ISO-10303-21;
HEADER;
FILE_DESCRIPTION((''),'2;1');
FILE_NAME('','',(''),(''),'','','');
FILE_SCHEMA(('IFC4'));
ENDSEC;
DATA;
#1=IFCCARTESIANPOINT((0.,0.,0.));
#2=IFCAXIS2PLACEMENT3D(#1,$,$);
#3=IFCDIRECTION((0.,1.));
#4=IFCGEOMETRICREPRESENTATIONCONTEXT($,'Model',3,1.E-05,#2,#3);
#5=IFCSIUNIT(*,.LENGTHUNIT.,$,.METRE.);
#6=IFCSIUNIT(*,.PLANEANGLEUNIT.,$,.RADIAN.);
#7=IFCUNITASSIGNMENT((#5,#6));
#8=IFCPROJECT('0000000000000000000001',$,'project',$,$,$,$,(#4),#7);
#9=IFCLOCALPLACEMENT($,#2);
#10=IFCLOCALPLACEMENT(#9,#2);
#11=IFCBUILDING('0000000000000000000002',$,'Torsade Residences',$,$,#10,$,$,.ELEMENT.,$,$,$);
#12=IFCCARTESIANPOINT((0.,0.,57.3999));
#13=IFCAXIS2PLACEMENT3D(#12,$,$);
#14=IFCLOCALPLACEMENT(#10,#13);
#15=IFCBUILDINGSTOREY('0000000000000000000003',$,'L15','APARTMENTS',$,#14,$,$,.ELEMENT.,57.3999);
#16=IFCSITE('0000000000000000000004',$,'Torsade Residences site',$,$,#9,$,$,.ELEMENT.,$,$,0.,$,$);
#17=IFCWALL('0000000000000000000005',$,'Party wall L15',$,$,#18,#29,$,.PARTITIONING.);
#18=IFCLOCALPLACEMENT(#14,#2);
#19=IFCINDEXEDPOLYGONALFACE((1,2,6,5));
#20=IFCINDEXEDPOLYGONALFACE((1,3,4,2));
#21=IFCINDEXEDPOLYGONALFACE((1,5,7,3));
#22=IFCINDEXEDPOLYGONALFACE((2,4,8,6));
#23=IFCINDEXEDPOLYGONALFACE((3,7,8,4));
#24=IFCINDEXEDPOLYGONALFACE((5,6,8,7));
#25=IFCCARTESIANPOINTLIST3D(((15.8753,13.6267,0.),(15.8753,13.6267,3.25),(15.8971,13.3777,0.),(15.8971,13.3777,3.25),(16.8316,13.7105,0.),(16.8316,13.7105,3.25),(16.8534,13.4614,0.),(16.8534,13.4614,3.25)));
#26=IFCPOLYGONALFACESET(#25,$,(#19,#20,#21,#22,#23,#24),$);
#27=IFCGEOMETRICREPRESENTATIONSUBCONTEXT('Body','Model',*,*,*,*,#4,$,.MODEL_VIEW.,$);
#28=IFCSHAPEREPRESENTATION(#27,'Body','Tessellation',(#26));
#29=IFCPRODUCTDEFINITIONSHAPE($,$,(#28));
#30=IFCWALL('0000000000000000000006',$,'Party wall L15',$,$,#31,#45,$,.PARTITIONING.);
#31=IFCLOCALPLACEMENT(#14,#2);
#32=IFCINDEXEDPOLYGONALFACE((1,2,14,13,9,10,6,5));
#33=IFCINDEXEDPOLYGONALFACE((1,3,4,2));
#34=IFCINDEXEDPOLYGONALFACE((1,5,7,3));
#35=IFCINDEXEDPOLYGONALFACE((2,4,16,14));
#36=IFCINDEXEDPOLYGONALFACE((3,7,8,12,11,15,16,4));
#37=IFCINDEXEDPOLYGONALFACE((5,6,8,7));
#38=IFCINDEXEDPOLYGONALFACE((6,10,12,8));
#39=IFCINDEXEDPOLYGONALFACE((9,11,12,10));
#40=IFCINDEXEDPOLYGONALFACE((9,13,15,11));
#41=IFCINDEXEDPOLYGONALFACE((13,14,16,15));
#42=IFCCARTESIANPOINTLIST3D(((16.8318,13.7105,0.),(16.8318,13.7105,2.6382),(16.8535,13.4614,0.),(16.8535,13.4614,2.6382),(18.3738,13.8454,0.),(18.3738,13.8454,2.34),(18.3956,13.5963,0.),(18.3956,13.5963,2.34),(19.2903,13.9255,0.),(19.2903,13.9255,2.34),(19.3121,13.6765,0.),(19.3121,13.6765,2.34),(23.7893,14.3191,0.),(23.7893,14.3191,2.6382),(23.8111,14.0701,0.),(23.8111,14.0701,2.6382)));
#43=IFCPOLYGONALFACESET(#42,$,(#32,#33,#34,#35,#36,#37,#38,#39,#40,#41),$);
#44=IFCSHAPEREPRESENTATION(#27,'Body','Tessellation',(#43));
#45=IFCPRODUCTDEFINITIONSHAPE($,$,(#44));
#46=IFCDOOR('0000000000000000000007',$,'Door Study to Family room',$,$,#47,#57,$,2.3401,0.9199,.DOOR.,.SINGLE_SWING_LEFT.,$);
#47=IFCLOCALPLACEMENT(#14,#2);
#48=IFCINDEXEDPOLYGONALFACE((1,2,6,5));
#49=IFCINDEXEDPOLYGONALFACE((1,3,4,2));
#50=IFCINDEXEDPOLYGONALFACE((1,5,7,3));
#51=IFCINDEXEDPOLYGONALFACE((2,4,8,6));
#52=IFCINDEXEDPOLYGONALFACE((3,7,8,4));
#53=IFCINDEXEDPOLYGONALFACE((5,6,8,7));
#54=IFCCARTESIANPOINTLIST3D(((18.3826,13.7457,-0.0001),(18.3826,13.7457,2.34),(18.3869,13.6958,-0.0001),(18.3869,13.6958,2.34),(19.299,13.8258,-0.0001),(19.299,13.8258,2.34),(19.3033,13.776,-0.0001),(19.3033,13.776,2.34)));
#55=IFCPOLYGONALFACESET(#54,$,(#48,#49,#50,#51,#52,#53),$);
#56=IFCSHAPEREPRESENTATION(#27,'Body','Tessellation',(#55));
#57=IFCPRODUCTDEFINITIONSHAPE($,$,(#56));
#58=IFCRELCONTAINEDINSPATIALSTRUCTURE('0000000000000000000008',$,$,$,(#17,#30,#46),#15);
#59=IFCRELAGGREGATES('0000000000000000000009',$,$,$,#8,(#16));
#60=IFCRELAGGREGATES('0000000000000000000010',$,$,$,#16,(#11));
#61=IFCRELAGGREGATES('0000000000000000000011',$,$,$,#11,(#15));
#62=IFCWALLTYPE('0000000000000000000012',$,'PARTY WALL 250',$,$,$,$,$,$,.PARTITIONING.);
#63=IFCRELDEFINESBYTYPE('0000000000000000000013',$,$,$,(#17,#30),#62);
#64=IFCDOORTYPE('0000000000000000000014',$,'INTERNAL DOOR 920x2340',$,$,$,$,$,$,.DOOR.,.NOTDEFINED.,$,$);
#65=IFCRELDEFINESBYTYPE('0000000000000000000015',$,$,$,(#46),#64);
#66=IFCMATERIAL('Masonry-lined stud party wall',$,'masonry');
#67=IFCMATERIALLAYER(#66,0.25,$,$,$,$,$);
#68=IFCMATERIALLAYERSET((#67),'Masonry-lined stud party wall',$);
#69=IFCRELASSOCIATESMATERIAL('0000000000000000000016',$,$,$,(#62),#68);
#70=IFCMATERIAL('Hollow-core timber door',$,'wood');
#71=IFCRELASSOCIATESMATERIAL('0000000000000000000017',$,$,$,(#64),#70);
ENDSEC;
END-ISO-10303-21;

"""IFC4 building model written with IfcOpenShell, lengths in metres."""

from ifc_helpers import new_model, si_unit, direction, frame, frame_2d, origin, place, context, subcontext, project, spatial, rectangle, extrude, material, layer, layer_set, type_object, element, fill, save


model = new_model("IFC4")

# Units and contexts
model_context = context("Model", 3, precision=1e-05, world=origin(), true_north=direction((0.0, 1.0)))
body_context = subcontext(model_context, "Body", "Model", "MODEL_VIEW")
ifc_project = project(units=[si_unit("LENGTHUNIT", "METRE"), si_unit("PLANEANGLEUNIT", "RADIAN")], contexts=[model_context])

# Site, building, storey
site_placement = place(None, origin())
site = spatial("IfcSite", under=ifc_project, at=site_placement, Name="Torsade Residences site", CompositionType="ELEMENT", RefElevation=0.0)
building_placement = place(site_placement, origin())
building = spatial("IfcBuilding", under=site, at=building_placement, Name="Torsade Residences", CompositionType="ELEMENT")
storey_placement = place(building_placement, frame((0.0, 0.0, 57.3999)))
storey = spatial("IfcBuildingStorey", under=building, at=storey_placement, Name="L15", Description="APARTMENTS", CompositionType="ELEMENT", Elevation=57.3999)

# Wall
ifc_material_1 = material(Name="Masonry-lined stud party wall", Category="masonry")
ifc_layer_1 = layer(ifc_material_1, 0.25)
ifc_layer_set_1 = layer_set([ifc_layer_1], Name="Masonry-lined stud party wall")
wall_type = type_object("IfcWallType", Name="PARTY WALL 250", PredefinedType="PARTITIONING", material=ifc_layer_set_1)
wall_1_placement = place(storey_placement, frame((15.8862, 13.5022, 0.0), z_axis=(0.0, 0.0, 1.0), x_axis=(0.996188, 0.087233, 0.0)))
element("IfcWall", 1, at=wall_1_placement, inside=storey, type_object=wall_type, Name="Party wall L15", PredefinedType="PARTITIONING", context=body_context, shape_type="SweptSolid", body=[
    extrude(rectangle(XDim=0.96, YDim=0.25, at=frame_2d((0.48, 0.0))), origin(), (0.0, 0.0, 1.0), 3.25),
])

# Wall, opening, door
wall_2_placement = place(storey_placement, frame((16.8425, 13.5859, 0.0), z_axis=(0.0, 0.0, 1.0), x_axis=(0.996195, 0.087147, 0.0)))
wall_2 = element("IfcWall", 2, at=wall_2_placement, inside=storey, type_object=wall_type, Name="Party wall L15", PredefinedType="PARTITIONING", context=body_context, shape_type="SweptSolid", body=[
    extrude(rectangle(XDim=6.9841, YDim=0.25, at=frame_2d((3.4922, 0.0))), origin(), (0.0, 0.0, 1.0), 2.6382),
])
opening_placement = place(wall_2_placement, frame((1.5481, 0.0, 0.0)))
opening = element("IfcOpeningElement", 3, at=opening_placement, cuts=wall_2, PredefinedType="OPENING", context=body_context, shape_type="SweptSolid", body=[
    extrude(rectangle(XDim=0.9199, YDim=2.3401, at=frame_2d((0.46, 1.1699))), frame((0.0, 0.135, 0.0), z_axis=(0.0, -1.0, 0.0), x_axis=(1.0, 0.0, 0.0)), (0.0, 0.0, 1.0), 0.27),
])
ifc_material_2 = material(Name="Hollow-core timber door", Category="wood")
door_type = type_object("IfcDoorType", Name="INTERNAL DOOR 920x2340", OperationType="NOTDEFINED", PredefinedType="DOOR", material=ifc_material_2)
door_placement = place(opening_placement, origin())
door = element("IfcDoor", 4, at=door_placement, inside=storey, type_object=door_type, Name="Door Study to Family room", OperationType="SINGLE_SWING_LEFT", OverallHeight=2.3401, OverallWidth=0.9199, PredefinedType="DOOR", context=body_context, shape_type="SweptSolid", body=[
    extrude(rectangle(XDim=0.9199, YDim=2.3401, at=frame_2d((0.46, 1.1699))), frame((0.0, 0.0249, 0.0), z_axis=(0.0, -1.0, 0.0), x_axis=(1.0, 0.0, 0.0)), (0.0, 0.0, 1.0), 0.05),
])
fill(opening, door)

save(model, "model.ifc")
